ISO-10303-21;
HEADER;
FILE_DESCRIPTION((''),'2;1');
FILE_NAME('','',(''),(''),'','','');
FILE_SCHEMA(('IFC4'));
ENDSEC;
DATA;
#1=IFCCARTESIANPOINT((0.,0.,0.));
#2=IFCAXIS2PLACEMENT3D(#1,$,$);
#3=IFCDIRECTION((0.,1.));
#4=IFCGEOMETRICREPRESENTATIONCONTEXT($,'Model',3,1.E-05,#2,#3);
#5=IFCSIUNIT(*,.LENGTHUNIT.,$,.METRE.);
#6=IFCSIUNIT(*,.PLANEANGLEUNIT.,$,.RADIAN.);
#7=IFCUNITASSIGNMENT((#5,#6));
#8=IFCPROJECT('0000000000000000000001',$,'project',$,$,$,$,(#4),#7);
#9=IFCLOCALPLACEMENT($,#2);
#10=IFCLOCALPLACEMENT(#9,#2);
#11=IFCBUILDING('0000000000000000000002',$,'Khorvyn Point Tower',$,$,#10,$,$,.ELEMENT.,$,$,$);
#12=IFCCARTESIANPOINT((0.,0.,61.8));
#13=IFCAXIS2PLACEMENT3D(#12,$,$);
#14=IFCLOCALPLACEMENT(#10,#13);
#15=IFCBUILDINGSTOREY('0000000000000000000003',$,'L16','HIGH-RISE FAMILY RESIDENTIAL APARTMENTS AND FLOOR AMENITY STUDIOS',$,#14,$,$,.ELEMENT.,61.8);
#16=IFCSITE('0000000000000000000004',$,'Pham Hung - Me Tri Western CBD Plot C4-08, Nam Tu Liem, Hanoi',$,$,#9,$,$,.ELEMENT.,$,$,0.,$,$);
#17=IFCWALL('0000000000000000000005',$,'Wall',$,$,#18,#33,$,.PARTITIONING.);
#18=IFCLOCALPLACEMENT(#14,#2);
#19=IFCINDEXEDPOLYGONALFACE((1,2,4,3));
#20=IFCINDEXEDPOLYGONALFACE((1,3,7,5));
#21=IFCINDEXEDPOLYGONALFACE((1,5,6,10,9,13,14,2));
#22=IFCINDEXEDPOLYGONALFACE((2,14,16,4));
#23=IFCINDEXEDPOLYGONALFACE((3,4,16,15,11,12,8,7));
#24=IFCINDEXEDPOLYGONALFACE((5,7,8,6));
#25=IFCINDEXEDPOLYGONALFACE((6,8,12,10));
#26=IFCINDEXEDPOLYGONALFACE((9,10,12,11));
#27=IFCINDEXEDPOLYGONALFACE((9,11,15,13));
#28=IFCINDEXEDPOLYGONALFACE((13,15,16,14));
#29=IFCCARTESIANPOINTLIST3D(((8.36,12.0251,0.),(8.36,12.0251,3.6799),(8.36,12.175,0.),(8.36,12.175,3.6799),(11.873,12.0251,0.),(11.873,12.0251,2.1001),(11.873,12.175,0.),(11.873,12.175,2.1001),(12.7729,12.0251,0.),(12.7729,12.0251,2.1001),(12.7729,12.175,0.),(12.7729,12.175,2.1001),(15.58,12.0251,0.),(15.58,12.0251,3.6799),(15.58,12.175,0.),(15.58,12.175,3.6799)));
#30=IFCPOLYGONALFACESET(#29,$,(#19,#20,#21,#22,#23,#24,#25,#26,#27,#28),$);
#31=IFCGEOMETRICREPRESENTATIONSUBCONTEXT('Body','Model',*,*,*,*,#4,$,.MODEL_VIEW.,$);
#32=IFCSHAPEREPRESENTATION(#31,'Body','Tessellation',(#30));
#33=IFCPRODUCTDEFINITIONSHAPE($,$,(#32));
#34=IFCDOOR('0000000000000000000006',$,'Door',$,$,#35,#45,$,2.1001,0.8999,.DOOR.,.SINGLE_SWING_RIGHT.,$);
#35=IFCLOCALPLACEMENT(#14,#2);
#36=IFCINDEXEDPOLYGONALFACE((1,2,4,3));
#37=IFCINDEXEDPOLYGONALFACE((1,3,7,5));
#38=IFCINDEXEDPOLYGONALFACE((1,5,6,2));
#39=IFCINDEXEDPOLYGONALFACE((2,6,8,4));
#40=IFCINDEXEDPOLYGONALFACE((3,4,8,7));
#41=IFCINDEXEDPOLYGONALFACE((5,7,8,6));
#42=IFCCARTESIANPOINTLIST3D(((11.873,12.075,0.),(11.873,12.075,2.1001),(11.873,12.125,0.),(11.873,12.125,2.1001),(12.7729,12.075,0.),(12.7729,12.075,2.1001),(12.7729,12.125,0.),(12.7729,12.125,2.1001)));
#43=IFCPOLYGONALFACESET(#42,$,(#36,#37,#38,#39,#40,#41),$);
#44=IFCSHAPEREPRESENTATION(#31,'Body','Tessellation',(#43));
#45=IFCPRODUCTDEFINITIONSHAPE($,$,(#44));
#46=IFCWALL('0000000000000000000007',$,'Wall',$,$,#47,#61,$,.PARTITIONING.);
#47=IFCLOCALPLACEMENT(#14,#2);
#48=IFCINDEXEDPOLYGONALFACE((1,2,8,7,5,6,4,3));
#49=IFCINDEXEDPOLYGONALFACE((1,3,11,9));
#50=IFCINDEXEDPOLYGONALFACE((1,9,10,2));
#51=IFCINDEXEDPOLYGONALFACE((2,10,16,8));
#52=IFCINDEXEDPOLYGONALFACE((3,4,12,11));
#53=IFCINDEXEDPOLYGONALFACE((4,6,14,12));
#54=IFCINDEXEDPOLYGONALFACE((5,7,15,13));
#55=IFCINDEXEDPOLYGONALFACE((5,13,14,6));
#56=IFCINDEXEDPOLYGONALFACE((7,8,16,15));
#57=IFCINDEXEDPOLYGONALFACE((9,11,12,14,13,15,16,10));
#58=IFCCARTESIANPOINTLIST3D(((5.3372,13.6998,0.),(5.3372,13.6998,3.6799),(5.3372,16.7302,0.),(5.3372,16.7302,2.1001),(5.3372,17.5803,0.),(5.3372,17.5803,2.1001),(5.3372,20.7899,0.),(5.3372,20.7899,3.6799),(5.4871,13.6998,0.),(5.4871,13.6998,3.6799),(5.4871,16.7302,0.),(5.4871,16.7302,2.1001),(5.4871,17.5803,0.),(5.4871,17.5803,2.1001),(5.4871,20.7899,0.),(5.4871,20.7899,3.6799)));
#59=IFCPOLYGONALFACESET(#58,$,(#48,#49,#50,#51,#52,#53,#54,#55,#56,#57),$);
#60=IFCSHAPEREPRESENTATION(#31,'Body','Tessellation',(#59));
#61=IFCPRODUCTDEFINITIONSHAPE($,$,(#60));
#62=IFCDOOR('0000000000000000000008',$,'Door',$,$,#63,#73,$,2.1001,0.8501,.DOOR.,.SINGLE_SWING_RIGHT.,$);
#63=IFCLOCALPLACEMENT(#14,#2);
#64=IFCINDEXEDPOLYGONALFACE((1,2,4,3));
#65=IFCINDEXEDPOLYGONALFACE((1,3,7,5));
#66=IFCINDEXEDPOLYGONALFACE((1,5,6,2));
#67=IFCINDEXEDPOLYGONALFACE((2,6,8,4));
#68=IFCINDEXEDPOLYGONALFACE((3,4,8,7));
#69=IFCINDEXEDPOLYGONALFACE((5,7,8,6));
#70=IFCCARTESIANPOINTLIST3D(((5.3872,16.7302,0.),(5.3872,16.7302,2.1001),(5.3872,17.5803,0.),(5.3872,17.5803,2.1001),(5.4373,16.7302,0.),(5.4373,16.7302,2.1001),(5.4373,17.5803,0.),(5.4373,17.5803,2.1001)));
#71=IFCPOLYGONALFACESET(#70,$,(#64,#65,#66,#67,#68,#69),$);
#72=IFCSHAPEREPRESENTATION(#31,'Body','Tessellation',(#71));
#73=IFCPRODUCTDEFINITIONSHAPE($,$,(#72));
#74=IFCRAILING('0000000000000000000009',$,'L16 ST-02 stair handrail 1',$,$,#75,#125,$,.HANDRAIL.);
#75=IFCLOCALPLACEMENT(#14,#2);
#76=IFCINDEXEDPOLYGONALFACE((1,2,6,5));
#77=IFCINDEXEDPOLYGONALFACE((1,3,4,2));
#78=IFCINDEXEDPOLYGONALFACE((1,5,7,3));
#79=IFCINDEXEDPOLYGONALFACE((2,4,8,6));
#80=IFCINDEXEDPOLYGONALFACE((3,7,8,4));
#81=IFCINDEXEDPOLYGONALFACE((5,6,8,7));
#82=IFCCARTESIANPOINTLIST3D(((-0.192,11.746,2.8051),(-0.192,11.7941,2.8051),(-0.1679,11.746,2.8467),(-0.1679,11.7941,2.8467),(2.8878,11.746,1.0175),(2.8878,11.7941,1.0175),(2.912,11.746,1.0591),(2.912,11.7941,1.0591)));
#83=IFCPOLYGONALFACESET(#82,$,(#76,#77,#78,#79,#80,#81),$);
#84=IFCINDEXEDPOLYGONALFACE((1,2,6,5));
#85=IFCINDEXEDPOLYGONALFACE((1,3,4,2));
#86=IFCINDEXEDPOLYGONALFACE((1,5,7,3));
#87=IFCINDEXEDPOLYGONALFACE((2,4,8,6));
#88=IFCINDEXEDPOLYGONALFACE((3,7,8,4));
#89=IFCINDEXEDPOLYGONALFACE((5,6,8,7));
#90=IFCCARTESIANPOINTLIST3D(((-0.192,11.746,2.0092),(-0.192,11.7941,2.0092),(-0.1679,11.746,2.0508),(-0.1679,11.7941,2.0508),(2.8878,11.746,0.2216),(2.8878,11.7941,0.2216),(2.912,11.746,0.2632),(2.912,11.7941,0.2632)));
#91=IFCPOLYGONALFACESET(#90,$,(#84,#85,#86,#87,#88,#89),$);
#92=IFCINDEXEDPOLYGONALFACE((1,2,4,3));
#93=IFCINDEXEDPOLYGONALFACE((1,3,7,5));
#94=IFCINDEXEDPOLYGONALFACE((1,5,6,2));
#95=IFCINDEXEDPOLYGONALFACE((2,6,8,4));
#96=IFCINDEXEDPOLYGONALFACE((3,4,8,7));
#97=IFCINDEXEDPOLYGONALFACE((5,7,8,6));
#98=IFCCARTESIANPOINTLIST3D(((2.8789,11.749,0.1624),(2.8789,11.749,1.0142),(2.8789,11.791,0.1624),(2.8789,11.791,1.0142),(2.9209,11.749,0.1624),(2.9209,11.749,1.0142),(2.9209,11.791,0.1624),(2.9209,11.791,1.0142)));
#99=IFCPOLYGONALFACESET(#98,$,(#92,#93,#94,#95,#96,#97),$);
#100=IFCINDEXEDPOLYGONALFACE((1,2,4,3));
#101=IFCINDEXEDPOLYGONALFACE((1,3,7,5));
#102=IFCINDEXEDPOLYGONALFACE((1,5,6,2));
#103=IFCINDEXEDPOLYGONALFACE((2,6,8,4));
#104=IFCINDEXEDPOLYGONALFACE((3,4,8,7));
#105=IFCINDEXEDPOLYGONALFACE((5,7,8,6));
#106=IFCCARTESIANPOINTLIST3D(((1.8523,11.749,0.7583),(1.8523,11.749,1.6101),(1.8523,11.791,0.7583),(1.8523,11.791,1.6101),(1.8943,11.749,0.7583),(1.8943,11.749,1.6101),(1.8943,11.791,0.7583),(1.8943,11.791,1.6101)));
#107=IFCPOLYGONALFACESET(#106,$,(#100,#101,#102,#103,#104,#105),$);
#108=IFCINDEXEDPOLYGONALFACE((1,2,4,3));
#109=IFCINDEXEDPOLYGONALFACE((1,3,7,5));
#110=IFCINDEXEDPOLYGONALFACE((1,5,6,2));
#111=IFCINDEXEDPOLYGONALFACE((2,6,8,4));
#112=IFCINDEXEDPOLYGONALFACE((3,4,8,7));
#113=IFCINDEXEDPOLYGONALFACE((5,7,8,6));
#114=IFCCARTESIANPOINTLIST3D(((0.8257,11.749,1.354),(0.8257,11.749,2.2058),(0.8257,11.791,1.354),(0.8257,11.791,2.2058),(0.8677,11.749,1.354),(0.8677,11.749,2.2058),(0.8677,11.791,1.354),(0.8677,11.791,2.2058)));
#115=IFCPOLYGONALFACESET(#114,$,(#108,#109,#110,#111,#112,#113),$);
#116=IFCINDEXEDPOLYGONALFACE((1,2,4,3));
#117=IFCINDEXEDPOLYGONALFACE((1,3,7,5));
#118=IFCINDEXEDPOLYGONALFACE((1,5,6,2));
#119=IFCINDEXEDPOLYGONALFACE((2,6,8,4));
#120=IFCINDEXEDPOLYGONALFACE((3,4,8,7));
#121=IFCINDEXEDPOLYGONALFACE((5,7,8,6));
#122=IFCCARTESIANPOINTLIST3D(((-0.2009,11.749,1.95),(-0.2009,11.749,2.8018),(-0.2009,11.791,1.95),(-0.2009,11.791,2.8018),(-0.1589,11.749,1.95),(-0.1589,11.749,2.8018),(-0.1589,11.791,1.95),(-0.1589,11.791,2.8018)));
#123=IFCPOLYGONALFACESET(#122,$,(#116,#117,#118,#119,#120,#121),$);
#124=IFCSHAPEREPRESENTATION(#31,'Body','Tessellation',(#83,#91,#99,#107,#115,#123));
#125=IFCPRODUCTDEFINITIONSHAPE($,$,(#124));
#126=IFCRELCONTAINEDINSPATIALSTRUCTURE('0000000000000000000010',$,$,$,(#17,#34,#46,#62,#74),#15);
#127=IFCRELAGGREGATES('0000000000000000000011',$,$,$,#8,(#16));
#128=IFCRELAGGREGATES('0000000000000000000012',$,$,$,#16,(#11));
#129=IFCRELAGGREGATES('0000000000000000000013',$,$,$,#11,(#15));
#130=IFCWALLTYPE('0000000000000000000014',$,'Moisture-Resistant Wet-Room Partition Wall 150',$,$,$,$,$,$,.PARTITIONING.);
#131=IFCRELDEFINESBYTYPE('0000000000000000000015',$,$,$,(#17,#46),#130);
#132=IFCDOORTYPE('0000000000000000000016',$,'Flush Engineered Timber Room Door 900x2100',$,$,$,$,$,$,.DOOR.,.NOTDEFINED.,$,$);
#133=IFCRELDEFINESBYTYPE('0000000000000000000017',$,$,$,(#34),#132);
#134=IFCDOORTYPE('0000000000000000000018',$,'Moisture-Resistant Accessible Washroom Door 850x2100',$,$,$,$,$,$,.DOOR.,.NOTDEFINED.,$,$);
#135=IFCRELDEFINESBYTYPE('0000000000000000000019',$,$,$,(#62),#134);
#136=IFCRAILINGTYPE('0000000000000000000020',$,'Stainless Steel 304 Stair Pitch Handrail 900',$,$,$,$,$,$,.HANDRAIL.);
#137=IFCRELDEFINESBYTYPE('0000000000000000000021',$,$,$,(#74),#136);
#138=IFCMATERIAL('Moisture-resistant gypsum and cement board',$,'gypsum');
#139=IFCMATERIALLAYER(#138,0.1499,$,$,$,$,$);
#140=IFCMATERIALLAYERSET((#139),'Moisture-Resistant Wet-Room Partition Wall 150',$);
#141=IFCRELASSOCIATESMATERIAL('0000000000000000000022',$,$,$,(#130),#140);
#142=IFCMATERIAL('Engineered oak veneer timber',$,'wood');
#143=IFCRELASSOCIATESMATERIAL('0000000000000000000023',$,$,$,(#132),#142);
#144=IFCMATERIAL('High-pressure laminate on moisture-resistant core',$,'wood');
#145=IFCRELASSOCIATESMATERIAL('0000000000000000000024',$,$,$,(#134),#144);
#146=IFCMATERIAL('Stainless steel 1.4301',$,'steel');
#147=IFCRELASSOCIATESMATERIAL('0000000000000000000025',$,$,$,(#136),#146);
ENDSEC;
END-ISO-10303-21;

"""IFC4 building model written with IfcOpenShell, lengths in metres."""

from ifc_helpers import new_model, si_unit, direction, frame, frame_2d, origin, origin_2d, place, context, subcontext, project, spatial, rectangle, extrude, material, layer, layer_set, type_object, element, fill, save


model = new_model("IFC4")

# Units and contexts
model_context = context("Model", 3, precision=1e-05, world=origin(), true_north=direction((0.0, 1.0)))
body_context = subcontext(model_context, "Body", "Model", "MODEL_VIEW")
ifc_project = project(units=[si_unit("LENGTHUNIT", "METRE"), si_unit("PLANEANGLEUNIT", "RADIAN")], contexts=[model_context])

# Site, building, storey
site_placement = place(None, origin())
site = spatial("IfcSite", under=ifc_project, at=site_placement, Name="Pham Hung - Me Tri Western CBD Plot C4-08, Nam Tu Liem, Hanoi", CompositionType="ELEMENT", RefElevation=0.0)
building_placement = place(site_placement, origin())
building = spatial("IfcBuilding", under=site, at=building_placement, Name="Khorvyn Point Tower", CompositionType="ELEMENT")
storey_placement = place(building_placement, frame((0.0, 0.0, 61.8)))
storey = spatial("IfcBuildingStorey", under=building, at=storey_placement, Name="L16", Description="HIGH-RISE FAMILY RESIDENTIAL APARTMENTS AND FLOOR AMENITY STUDIOS", CompositionType="ELEMENT", Elevation=61.8)

# Walls, openings, doors
ifc_material_1 = material(Name="Moisture-resistant gypsum and cement board", Category="gypsum")
ifc_layer_1 = layer(ifc_material_1, 0.1499)
ifc_layer_set_1 = layer_set([ifc_layer_1], Name="Moisture-Resistant Wet-Room Partition Wall 150")
wall_type_1 = type_object("IfcWallType", Name="Moisture-Resistant Wet-Room Partition Wall 150", PredefinedType="PARTITIONING", material=ifc_layer_set_1)
wall_1_placement = place(storey_placement, frame((8.3601, 12.1001, 0.0), z_axis=(0.0, 0.0, 1.0), x_axis=(1.0, 0.0, 0.0)))
wall_1 = element("IfcWall", 1, at=wall_1_placement, inside=storey, type_object=wall_type_1, Name="Wall", PredefinedType="PARTITIONING", context=body_context, shape_type="SweptSolid", body=[
    extrude(rectangle(XDim=7.22, YDim=0.1499, at=frame_2d((3.6099, 0.0))), origin(), (0.0, 0.0, 1.0), 3.6799),
])
opening_1_placement = place(wall_1_placement, frame((3.5129, 0.0, 0.0)))
opening_1 = element("IfcOpeningElement", 2, at=opening_1_placement, cuts=wall_1, PredefinedType="OPENING", context=body_context, shape_type="SweptSolid", body=[
    extrude(rectangle(XDim=0.8999, YDim=2.1001, at=frame_2d((0.45, 1.05))), frame((0.0, 0.085, 0.0), z_axis=(0.0, -1.0, 0.0), x_axis=(1.0, 0.0, 0.0)), (0.0, 0.0, 1.0), 0.1699),
])
ifc_material_2 = material(Name="Engineered oak veneer timber", Category="wood")
door_type_1 = type_object("IfcDoorType", Name="Flush Engineered Timber Room Door 900x2100", OperationType="NOTDEFINED", PredefinedType="DOOR", material=ifc_material_2)
door_1_placement = place(opening_1_placement, origin())
door_1 = element("IfcDoor", 3, at=door_1_placement, inside=storey, type_object=door_type_1, Name="Door", OperationType="SINGLE_SWING_RIGHT", OverallHeight=2.1001, OverallWidth=0.8999, PredefinedType="DOOR", context=body_context, shape_type="SweptSolid", body=[
    extrude(rectangle(XDim=0.8999, YDim=2.1001, at=frame_2d((0.45, 1.05))), frame((0.0, 0.0249, 0.0), z_axis=(0.0, -1.0, 0.0), x_axis=(1.0, 0.0, 0.0)), (0.0, 0.0, 1.0), 0.05),
])
fill(opening_1, door_1)
wall_2_placement = place(storey_placement, frame((5.4121, 13.7, 0.0), z_axis=(0.0, 0.0, 1.0), x_axis=(0.0, 1.0, 0.0)))
wall_2 = element("IfcWall", 4, at=wall_2_placement, inside=storey, type_object=wall_type_1, Name="Wall", PredefinedType="PARTITIONING", context=body_context, shape_type="SweptSolid", body=[
    extrude(rectangle(XDim=7.0901, YDim=0.1499, at=frame_2d((3.5449, 0.0))), origin(), (0.0, 0.0, 1.0), 3.6799),
])
opening_2_placement = place(wall_2_placement, frame((3.0303, 0.0, 0.0)))
opening_2 = element("IfcOpeningElement", 5, at=opening_2_placement, cuts=wall_2, PredefinedType="OPENING", context=body_context, shape_type="SweptSolid", body=[
    extrude(rectangle(XDim=0.8501, YDim=2.1001, at=frame_2d((0.425, 1.05))), frame((0.0, 0.085, 0.0), z_axis=(0.0, -1.0, 0.0), x_axis=(1.0, 0.0, 0.0)), (0.0, 0.0, 1.0), 0.1699),
])
ifc_material_3 = material(Name="High-pressure laminate on moisture-resistant core", Category="wood")
door_type_2 = type_object("IfcDoorType", Name="Moisture-Resistant Accessible Washroom Door 850x2100", OperationType="NOTDEFINED", PredefinedType="DOOR", material=ifc_material_3)
door_2_placement = place(opening_2_placement, origin())
door_2 = element("IfcDoor", 6, at=door_2_placement, inside=storey, type_object=door_type_2, Name="Door", OperationType="SINGLE_SWING_RIGHT", OverallHeight=2.1001, OverallWidth=0.8501, PredefinedType="DOOR", context=body_context, shape_type="SweptSolid", body=[
    extrude(rectangle(XDim=0.8501, YDim=2.1001, at=frame_2d((0.425, 1.05))), frame((0.0, 0.0249, 0.0), z_axis=(0.0, -1.0, 0.0), x_axis=(1.0, 0.0, 0.0)), (0.0, 0.0, 1.0), 0.05),
])
fill(opening_2, door_2)

# Railing
ifc_material_4 = material(Name="Stainless steel 1.4301", Category="steel")
railing_type = type_object("IfcRailingType", Name="Stainless Steel 304 Stair Pitch Handrail 900", PredefinedType="HANDRAIL", material=ifc_material_4)
railing_placement = place(storey_placement, frame((2.8999, 11.77, 0.1624)))
element("IfcRailing", 7, at=railing_placement, inside=storey, type_object=railing_type, Name="L16 ST-02 stair handrail 1", PredefinedType="HANDRAIL", context=body_context, shape_type="SweptSolid", body=[
    extrude(rectangle(XDim=0.0481, YDim=0.0481, at=origin_2d()), frame((0.0, 0.0, 0.876), z_axis=(-0.864873, 0.0, 0.50199), x_axis=(0.0, -1.0, 0.0)), (0.0, 0.0, 1.0), 3.561),
    extrude(rectangle(XDim=0.0481, YDim=0.0481, at=origin_2d()), frame((0.0, 0.0, 0.0801), z_axis=(-0.864873, 0.0, 0.50199), x_axis=(0.0, -1.0, 0.0)), (0.0, 0.0, 1.0), 3.561),
    extrude(rectangle(XDim=0.042, YDim=0.042, at=origin_2d()), origin(), (0.0, 0.0, 1.0), 0.8518),
    extrude(rectangle(XDim=0.042, YDim=0.042, at=origin_2d()), frame((-1.0266, 0.0, 0.5959)), (0.0, 0.0, 1.0), 0.8518),
    extrude(rectangle(XDim=0.042, YDim=0.042, at=origin_2d()), frame((-2.0532, 0.0, 1.1917)), (0.0, 0.0, 1.0), 0.8518),
    extrude(rectangle(XDim=0.042, YDim=0.042, at=origin_2d()), frame((-3.0798, 0.0, 1.7876)), (0.0, 0.0, 1.0), 0.8518),
])

save(model, "model.ifc")
